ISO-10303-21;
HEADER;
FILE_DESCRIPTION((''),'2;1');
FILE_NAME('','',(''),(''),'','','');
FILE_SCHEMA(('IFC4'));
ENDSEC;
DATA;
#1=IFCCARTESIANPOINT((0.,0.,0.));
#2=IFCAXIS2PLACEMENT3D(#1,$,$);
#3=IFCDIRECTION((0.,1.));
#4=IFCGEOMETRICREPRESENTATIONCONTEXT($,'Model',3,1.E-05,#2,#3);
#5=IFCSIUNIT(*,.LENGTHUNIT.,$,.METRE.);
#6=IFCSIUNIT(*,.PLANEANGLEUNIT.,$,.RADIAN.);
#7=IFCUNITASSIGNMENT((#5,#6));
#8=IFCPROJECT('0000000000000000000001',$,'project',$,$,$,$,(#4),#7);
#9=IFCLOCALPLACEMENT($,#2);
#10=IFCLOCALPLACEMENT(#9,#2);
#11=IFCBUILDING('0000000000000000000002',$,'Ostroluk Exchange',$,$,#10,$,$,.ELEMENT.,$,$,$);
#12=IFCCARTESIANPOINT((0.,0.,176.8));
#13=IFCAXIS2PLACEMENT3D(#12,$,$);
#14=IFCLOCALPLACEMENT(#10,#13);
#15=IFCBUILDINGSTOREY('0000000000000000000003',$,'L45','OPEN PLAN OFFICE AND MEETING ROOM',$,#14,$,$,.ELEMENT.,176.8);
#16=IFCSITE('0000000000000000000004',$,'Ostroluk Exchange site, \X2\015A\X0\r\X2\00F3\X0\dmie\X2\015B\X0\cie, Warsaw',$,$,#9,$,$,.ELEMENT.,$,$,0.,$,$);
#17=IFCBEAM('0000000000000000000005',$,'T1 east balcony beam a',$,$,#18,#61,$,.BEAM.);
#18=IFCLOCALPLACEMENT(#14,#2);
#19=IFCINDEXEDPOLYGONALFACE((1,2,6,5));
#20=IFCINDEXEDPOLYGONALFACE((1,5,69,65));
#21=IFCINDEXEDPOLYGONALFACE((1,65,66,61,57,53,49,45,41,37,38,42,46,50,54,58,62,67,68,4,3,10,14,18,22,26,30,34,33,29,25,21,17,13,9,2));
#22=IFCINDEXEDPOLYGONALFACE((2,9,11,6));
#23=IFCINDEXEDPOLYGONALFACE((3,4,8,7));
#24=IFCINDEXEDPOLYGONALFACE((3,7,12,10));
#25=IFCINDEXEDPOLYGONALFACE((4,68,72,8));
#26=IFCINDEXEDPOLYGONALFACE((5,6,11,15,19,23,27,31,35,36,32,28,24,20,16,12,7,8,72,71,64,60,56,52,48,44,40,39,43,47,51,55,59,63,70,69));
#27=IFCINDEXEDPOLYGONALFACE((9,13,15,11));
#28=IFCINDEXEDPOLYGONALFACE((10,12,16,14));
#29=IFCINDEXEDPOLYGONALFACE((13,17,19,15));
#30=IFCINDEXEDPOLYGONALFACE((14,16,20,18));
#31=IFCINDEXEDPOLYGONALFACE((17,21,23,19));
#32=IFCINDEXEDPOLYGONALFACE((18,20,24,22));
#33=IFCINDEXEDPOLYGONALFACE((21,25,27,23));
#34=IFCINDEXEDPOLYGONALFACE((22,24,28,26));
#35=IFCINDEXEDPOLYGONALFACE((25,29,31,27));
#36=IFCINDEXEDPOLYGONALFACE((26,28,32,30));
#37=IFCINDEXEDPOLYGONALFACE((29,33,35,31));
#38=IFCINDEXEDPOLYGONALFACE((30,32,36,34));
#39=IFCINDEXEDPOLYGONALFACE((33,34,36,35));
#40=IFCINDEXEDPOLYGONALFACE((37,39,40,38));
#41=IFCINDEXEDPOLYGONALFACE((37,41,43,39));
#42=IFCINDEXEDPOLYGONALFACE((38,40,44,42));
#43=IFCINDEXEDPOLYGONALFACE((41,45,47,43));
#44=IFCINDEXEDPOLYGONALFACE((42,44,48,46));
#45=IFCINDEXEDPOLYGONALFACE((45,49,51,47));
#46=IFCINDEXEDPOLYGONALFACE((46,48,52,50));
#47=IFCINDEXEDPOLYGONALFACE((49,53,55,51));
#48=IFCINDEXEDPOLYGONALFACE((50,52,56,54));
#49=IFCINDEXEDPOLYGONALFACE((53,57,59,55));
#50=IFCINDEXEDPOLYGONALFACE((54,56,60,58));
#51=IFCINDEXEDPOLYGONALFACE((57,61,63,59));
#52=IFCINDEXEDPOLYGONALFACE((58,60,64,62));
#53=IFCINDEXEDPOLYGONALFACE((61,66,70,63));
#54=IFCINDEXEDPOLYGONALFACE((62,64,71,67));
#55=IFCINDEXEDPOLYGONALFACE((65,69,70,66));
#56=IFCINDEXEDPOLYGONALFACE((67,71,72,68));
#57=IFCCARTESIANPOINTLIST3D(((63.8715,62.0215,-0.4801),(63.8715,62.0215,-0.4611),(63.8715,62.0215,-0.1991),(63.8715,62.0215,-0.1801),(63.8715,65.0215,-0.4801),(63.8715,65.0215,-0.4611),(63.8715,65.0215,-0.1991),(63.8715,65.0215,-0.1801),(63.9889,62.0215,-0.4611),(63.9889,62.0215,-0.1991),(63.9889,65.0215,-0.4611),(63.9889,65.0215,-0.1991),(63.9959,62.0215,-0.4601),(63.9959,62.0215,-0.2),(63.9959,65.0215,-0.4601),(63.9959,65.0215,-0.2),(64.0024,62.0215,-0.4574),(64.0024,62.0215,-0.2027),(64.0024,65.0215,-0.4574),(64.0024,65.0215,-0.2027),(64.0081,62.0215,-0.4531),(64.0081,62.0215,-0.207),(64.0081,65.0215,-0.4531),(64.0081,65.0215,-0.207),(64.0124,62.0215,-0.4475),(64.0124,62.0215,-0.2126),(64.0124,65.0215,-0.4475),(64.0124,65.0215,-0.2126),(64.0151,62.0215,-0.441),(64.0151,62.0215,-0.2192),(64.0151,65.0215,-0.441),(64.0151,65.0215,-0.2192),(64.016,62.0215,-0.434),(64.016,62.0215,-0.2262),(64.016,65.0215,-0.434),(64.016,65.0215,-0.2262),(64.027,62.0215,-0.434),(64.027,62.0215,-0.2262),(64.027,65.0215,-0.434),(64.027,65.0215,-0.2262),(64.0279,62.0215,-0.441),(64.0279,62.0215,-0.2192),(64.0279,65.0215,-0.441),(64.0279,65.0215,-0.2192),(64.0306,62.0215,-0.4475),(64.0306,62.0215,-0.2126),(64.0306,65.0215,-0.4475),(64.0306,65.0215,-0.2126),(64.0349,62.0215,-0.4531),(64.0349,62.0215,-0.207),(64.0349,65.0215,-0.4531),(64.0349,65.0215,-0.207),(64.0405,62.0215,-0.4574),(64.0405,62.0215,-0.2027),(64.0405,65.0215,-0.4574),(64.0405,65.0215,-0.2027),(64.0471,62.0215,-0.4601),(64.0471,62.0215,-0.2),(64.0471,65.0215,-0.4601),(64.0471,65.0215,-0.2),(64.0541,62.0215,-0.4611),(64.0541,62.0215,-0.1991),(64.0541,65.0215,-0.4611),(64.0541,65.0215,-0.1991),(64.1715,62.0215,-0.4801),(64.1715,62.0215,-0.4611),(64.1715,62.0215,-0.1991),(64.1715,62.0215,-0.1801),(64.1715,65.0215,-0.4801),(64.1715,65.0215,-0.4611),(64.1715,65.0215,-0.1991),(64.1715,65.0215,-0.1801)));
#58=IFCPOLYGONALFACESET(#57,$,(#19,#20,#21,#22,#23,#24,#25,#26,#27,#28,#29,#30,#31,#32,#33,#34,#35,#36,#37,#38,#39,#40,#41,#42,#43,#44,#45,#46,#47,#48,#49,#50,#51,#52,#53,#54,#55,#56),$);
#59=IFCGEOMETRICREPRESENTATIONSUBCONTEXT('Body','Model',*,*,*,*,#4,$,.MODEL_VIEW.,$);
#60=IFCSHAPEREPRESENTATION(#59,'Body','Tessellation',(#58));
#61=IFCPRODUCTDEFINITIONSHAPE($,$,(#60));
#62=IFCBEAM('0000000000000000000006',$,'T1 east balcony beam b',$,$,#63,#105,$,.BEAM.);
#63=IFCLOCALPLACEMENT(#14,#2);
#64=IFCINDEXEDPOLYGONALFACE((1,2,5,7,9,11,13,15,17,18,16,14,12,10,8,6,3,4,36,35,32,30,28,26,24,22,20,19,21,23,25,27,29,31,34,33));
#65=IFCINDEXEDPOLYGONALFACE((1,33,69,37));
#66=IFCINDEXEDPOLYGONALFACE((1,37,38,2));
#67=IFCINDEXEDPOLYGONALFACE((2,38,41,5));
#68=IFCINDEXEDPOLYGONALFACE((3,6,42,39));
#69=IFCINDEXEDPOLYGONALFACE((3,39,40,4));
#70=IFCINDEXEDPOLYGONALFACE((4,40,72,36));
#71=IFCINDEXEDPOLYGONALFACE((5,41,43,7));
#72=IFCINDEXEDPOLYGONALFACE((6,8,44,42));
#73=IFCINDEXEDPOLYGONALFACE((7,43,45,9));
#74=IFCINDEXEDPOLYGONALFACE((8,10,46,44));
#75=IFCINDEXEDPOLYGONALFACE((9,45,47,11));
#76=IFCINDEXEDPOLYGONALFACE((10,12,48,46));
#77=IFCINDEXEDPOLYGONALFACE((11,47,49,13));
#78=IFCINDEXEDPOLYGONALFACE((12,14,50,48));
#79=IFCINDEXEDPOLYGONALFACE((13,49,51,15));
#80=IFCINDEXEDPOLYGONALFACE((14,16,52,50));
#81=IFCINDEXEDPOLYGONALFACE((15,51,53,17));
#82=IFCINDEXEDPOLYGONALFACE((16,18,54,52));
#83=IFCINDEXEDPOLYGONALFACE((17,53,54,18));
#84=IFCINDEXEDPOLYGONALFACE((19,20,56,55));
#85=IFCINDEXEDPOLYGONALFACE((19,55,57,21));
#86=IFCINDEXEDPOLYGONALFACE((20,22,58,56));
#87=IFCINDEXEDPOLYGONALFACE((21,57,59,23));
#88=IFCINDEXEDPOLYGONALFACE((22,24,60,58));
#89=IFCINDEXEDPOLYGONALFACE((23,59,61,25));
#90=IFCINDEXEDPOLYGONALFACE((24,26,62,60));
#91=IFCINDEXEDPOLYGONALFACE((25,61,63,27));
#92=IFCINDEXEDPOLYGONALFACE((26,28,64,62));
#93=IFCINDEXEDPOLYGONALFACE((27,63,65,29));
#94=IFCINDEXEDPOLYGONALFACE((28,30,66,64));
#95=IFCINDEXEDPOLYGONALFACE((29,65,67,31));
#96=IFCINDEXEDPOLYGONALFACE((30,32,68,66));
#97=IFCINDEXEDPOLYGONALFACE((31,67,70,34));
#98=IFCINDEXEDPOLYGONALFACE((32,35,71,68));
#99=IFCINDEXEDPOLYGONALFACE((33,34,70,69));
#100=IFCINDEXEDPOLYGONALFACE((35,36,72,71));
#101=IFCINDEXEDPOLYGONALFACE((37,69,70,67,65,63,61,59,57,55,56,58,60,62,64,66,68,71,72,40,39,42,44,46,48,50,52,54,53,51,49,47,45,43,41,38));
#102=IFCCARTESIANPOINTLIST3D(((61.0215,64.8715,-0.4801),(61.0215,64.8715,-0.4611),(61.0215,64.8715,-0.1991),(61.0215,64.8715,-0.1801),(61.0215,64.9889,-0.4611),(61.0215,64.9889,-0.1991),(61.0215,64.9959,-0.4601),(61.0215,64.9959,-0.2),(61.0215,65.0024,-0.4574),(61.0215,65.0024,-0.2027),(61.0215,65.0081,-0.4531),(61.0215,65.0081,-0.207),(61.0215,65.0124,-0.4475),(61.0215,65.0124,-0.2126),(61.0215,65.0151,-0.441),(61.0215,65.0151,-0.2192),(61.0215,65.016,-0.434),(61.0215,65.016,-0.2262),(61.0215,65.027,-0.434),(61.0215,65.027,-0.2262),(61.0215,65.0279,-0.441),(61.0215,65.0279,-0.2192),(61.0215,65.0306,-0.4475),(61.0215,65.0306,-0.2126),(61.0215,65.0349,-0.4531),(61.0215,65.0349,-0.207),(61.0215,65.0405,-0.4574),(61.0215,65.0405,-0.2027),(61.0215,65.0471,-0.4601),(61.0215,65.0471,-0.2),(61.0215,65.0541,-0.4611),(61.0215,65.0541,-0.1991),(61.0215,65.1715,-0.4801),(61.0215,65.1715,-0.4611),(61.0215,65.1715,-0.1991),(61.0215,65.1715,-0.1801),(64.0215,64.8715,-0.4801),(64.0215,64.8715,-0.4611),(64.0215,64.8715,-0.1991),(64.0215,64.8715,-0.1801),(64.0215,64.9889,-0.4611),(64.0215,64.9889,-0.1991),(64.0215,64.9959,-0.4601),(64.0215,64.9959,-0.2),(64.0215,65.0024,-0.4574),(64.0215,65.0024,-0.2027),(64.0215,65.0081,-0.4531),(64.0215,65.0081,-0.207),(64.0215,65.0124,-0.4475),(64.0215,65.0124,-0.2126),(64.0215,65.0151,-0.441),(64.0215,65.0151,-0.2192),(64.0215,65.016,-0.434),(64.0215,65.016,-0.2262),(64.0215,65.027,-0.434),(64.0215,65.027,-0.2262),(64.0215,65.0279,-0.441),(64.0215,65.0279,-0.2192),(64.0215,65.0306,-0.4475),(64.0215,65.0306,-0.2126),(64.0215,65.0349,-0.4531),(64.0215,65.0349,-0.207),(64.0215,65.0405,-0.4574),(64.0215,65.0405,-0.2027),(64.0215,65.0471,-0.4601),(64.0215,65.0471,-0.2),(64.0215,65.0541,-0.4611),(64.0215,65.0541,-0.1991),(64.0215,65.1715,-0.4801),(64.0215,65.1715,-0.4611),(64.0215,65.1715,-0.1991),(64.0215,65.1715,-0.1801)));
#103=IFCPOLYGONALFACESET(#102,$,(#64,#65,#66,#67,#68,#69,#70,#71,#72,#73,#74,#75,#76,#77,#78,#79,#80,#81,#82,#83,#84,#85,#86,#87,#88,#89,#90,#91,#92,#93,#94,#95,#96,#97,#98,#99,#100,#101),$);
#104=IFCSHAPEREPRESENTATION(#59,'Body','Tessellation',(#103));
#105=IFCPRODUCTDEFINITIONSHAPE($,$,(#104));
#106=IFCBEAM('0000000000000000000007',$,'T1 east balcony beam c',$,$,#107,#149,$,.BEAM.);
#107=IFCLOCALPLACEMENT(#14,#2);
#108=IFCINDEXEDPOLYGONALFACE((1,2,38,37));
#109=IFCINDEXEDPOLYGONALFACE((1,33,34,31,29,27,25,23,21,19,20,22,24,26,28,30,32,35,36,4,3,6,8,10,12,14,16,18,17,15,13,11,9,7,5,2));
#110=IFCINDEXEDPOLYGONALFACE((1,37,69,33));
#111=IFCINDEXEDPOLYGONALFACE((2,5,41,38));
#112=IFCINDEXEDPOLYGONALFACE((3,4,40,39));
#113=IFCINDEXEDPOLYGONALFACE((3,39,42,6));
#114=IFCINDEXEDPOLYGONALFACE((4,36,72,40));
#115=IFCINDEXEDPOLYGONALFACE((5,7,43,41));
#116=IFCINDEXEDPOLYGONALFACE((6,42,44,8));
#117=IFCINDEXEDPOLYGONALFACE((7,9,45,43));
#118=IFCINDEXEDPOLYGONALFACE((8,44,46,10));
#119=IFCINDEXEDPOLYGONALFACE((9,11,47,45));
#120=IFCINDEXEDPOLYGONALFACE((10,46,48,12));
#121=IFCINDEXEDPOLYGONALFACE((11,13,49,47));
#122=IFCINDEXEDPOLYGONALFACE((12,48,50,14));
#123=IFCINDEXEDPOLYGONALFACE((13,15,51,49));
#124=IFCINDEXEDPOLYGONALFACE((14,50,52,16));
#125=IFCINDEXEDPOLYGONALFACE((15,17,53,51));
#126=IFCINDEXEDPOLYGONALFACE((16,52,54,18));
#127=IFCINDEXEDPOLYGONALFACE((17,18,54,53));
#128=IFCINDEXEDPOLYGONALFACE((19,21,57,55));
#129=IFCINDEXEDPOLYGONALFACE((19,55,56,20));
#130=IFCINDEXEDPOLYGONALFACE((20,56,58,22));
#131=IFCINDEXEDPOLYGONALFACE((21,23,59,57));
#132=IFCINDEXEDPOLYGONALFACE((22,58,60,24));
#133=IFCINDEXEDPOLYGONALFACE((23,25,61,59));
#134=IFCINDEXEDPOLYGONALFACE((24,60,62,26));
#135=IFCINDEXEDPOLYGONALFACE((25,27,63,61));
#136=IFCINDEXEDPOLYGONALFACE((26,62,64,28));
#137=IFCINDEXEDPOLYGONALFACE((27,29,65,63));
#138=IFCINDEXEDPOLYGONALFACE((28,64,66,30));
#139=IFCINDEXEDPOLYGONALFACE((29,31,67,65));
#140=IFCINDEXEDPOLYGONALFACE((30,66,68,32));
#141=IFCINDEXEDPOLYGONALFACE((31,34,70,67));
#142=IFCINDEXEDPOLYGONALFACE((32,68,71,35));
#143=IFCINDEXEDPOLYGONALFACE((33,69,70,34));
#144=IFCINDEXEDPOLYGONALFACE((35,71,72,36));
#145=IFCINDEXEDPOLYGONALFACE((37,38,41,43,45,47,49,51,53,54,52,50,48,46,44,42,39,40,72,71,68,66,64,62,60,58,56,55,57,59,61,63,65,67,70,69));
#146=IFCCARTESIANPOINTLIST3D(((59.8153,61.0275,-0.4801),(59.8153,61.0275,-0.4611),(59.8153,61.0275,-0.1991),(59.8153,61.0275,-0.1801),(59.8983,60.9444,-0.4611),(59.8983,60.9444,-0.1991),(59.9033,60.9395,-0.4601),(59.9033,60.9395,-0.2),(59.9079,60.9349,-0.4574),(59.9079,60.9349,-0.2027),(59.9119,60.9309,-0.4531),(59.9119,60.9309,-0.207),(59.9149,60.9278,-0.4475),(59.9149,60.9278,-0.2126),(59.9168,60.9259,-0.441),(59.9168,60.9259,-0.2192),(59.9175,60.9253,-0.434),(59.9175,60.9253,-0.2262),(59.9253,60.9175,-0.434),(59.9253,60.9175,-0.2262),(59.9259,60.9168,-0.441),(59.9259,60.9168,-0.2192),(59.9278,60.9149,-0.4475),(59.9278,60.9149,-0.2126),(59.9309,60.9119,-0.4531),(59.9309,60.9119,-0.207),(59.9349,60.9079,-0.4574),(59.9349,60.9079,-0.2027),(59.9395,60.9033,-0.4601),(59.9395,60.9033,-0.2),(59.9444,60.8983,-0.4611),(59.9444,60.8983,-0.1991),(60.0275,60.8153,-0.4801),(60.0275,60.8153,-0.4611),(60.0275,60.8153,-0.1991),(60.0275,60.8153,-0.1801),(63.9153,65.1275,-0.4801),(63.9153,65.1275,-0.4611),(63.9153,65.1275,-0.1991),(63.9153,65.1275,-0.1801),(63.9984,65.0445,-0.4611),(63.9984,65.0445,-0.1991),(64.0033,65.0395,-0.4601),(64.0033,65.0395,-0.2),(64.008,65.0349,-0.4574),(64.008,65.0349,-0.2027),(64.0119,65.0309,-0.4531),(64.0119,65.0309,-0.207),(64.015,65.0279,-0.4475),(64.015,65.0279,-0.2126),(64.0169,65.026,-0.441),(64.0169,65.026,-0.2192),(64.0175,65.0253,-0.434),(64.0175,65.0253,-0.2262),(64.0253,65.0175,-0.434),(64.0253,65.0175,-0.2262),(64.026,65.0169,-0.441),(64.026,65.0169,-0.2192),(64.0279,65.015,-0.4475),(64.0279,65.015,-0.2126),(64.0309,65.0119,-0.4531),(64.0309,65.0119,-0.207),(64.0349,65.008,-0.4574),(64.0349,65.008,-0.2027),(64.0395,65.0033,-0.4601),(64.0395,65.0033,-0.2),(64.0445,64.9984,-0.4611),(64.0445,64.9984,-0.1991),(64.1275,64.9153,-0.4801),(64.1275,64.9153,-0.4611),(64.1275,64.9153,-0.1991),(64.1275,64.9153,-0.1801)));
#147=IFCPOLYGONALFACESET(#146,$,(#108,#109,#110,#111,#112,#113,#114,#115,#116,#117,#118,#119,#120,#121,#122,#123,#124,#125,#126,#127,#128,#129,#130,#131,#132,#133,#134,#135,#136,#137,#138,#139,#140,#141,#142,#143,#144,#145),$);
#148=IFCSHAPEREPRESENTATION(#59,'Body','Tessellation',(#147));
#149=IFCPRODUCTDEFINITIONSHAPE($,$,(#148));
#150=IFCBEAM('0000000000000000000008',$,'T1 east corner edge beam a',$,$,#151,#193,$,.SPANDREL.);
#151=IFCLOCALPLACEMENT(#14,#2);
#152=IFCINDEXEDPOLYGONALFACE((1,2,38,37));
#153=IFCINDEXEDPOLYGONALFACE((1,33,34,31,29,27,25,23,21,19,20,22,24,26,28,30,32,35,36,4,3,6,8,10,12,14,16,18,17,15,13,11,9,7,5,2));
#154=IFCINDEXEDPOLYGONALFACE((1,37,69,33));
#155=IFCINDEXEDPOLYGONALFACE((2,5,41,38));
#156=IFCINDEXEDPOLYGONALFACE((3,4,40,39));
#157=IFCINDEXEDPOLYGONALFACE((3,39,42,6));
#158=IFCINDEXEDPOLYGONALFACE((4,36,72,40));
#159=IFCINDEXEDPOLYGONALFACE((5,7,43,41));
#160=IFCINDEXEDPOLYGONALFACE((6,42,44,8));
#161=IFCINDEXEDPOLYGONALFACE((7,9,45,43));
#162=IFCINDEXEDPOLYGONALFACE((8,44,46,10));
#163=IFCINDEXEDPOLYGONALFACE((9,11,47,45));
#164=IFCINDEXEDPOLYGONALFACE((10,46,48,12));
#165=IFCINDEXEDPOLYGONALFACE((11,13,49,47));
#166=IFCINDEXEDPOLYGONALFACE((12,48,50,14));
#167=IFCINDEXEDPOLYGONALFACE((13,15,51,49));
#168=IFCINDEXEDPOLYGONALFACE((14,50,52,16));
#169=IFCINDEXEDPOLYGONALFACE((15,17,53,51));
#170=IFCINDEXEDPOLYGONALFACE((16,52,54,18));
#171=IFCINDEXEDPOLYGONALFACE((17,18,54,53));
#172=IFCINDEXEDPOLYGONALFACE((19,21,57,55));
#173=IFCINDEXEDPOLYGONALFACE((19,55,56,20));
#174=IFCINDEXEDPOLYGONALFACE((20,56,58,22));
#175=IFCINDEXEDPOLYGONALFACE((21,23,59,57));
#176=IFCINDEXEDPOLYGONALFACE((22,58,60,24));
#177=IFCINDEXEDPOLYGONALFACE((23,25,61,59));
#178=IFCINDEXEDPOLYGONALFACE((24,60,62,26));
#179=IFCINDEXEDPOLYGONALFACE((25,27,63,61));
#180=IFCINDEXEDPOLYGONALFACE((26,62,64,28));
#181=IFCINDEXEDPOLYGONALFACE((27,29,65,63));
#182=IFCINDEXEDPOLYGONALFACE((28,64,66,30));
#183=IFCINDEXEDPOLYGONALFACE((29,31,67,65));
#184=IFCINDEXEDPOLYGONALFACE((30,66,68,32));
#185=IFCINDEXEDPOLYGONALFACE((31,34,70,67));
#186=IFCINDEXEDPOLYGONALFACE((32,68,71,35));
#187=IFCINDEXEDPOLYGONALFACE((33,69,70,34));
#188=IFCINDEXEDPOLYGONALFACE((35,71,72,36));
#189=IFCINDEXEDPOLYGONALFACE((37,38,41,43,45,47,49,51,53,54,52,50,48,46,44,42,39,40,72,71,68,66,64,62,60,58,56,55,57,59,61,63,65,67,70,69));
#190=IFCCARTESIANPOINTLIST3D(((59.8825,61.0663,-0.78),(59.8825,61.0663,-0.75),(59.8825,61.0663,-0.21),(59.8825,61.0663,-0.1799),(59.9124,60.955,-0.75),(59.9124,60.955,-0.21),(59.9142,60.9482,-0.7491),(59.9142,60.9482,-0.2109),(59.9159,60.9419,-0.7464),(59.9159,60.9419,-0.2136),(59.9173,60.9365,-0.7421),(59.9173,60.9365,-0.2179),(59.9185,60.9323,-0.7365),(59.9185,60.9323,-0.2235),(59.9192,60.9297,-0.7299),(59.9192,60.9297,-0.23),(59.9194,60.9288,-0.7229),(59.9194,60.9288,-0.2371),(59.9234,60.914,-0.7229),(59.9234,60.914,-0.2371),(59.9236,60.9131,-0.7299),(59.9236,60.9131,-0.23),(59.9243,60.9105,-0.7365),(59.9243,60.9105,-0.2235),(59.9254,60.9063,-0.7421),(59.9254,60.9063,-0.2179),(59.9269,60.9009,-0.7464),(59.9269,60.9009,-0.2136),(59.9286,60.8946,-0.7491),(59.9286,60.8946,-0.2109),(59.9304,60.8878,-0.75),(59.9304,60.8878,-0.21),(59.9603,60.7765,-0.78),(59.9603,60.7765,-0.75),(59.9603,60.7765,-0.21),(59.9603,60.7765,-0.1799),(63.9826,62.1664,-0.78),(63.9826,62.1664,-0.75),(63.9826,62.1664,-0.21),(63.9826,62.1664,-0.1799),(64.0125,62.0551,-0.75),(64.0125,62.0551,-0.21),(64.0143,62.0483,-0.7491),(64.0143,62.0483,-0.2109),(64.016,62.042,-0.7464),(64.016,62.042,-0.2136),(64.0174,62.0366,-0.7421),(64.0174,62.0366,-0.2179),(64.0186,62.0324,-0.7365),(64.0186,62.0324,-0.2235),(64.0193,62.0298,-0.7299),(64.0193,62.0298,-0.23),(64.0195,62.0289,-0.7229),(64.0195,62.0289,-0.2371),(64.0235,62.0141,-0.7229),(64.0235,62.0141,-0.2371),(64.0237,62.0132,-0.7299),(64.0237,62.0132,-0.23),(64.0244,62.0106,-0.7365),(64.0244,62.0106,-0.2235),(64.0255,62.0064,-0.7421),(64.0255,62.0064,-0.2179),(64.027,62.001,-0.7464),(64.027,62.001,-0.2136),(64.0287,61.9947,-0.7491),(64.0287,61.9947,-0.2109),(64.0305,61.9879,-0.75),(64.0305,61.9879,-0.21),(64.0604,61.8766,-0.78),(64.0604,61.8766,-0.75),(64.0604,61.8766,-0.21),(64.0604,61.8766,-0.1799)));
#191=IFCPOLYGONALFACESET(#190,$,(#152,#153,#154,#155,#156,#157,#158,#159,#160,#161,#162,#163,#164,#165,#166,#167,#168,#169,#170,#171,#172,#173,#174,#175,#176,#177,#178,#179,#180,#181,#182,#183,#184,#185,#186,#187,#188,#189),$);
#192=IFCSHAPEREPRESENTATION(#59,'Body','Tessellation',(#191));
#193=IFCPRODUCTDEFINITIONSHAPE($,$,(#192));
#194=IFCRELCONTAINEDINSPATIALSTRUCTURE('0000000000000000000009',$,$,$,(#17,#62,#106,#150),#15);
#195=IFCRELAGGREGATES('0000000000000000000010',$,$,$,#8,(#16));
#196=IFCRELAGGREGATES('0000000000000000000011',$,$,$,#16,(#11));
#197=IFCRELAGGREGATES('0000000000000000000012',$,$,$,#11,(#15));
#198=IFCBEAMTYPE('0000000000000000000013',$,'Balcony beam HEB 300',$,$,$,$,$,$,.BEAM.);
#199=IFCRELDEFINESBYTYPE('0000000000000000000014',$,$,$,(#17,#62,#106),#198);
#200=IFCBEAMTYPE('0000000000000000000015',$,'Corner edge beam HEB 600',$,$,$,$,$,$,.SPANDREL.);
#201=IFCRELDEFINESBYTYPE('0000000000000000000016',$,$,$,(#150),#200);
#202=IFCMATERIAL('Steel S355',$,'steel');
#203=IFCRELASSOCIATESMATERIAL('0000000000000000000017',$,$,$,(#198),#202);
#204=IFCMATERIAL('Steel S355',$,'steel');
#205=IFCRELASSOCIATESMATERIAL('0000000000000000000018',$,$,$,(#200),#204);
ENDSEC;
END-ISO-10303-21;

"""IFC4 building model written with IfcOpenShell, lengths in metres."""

from ifc_helpers import new_model, si_unit, direction, frame, origin, origin_2d, place, context, subcontext, project, spatial, i_section, extrude, material, material_profile, profile_set, type_object, element, save


model = new_model("IFC4")

# Units and contexts
model_context = context("Model", 3, precision=1e-05, world=origin(), true_north=direction((0.0, 1.0)))
body_context = subcontext(model_context, "Body", "Model", "MODEL_VIEW")
ifc_project = project(units=[si_unit("LENGTHUNIT", "METRE"), si_unit("PLANEANGLEUNIT", "RADIAN")], contexts=[model_context])

# Site, building, storey
site_placement = place(None, origin())
site = spatial("IfcSite", under=ifc_project, at=site_placement, Name="Ostroluk Exchange site, Śródmieście, Warsaw", CompositionType="ELEMENT", RefElevation=0.0)
building_placement = place(site_placement, origin())
building = spatial("IfcBuilding", under=site, at=building_placement, Name="Ostroluk Exchange", CompositionType="ELEMENT")
storey_placement = place(building_placement, frame((0.0, 0.0, 176.8)))
storey = spatial("IfcBuildingStorey", under=building, at=storey_placement, Name="L45", Description="OPEN PLAN OFFICE AND MEETING ROOM", CompositionType="ELEMENT", Elevation=176.8)

# Beams
ifc_material_1 = material(Name="Steel S355", Category="steel")
ifc_material_profile_1 = material_profile(ifc_material_1, i_section(OverallWidth=0.3, OverallDepth=0.3, WebThickness=0.011, FlangeThickness=0.019, FilletRadius=0.0271, at=origin_2d()), Name="HEB 300")
ifc_profile_set_1 = profile_set([ifc_material_profile_1], Name="Steel S355")
beam_type_1 = type_object("IfcBeamType", Name="Balcony beam HEB 300", PredefinedType="BEAM", material=ifc_profile_set_1)
for number, where, z_axis, x_axis, name in (
    (1, (64.0215, 62.0215, -0.3301), (0.0, 1.0, 0.0), (-1.0, 0.0, 0.0), "T1 east balcony beam a"),
    (2, (61.0215, 65.0215, -0.3301), (1.0, 0.0, 0.0), (0.0, 1.0, 0.0), "T1 east balcony beam b"),
):
    element("IfcBeam", number, at=place(storey_placement, frame(where, z_axis=z_axis, x_axis=x_axis)), inside=storey, type_object=beam_type_1, Name=name, PredefinedType="BEAM", context=body_context, shape_type="SweptSolid", body=[
        extrude(i_section(OverallWidth=0.3, OverallDepth=0.3, WebThickness=0.011, FlangeThickness=0.019, FilletRadius=0.0271, at=origin_2d()), origin(), (0.0, 0.0, 1.0), 3.0),
    ])
beam_1_placement = place(storey_placement, frame((59.9214, 60.9214, -0.3301), z_axis=(0.707107, 0.707107, 0.0), x_axis=(-0.707107, 0.707107, 0.0)))
element("IfcBeam", 3, at=beam_1_placement, inside=storey, type_object=beam_type_1, Name="T1 east balcony beam c", PredefinedType="BEAM", context=body_context, shape_type="SweptSolid", body=[
    extrude(i_section(OverallWidth=0.3, OverallDepth=0.3, WebThickness=0.011, FlangeThickness=0.019, FilletRadius=0.0271, at=origin_2d()), origin(), (0.0, 0.0, 1.0), 5.7983),
])
ifc_material_2 = material(Name="Steel S355", Category="steel")
ifc_material_profile_2 = material_profile(ifc_material_2, i_section(OverallWidth=0.3, OverallDepth=0.6001, WebThickness=0.0154, FlangeThickness=0.03, FilletRadius=0.0271, at=origin_2d()), Name="HEB 600")
ifc_profile_set_2 = profile_set([ifc_material_profile_2], Name="Steel S355")
beam_type_2 = type_object("IfcBeamType", Name="Corner edge beam HEB 600", PredefinedType="SPANDREL", material=ifc_profile_set_2)
for number, where, z_axis, x_axis, name in (
    (4, (59.9214, 60.9214, -0.48), (0.965839, 0.259144, 0.0), (-0.259144, 0.965839, 0.0), "T1 east corner edge beam a"),
):
    element("IfcBeam", number, at=place(storey_placement, frame(where, z_axis=z_axis, x_axis=x_axis)), inside=storey, type_object=beam_type_2, Name=name, PredefinedType="SPANDREL", context=body_context, shape_type="SweptSolid", body=[
        extrude(i_section(OverallWidth=0.3, OverallDepth=0.6001, WebThickness=0.0154, FlangeThickness=0.03, FilletRadius=0.0271, at=origin_2d()), origin(), (0.0, 0.0, 1.0), 4.2451),
    ])

save(model, "model.ifc")
